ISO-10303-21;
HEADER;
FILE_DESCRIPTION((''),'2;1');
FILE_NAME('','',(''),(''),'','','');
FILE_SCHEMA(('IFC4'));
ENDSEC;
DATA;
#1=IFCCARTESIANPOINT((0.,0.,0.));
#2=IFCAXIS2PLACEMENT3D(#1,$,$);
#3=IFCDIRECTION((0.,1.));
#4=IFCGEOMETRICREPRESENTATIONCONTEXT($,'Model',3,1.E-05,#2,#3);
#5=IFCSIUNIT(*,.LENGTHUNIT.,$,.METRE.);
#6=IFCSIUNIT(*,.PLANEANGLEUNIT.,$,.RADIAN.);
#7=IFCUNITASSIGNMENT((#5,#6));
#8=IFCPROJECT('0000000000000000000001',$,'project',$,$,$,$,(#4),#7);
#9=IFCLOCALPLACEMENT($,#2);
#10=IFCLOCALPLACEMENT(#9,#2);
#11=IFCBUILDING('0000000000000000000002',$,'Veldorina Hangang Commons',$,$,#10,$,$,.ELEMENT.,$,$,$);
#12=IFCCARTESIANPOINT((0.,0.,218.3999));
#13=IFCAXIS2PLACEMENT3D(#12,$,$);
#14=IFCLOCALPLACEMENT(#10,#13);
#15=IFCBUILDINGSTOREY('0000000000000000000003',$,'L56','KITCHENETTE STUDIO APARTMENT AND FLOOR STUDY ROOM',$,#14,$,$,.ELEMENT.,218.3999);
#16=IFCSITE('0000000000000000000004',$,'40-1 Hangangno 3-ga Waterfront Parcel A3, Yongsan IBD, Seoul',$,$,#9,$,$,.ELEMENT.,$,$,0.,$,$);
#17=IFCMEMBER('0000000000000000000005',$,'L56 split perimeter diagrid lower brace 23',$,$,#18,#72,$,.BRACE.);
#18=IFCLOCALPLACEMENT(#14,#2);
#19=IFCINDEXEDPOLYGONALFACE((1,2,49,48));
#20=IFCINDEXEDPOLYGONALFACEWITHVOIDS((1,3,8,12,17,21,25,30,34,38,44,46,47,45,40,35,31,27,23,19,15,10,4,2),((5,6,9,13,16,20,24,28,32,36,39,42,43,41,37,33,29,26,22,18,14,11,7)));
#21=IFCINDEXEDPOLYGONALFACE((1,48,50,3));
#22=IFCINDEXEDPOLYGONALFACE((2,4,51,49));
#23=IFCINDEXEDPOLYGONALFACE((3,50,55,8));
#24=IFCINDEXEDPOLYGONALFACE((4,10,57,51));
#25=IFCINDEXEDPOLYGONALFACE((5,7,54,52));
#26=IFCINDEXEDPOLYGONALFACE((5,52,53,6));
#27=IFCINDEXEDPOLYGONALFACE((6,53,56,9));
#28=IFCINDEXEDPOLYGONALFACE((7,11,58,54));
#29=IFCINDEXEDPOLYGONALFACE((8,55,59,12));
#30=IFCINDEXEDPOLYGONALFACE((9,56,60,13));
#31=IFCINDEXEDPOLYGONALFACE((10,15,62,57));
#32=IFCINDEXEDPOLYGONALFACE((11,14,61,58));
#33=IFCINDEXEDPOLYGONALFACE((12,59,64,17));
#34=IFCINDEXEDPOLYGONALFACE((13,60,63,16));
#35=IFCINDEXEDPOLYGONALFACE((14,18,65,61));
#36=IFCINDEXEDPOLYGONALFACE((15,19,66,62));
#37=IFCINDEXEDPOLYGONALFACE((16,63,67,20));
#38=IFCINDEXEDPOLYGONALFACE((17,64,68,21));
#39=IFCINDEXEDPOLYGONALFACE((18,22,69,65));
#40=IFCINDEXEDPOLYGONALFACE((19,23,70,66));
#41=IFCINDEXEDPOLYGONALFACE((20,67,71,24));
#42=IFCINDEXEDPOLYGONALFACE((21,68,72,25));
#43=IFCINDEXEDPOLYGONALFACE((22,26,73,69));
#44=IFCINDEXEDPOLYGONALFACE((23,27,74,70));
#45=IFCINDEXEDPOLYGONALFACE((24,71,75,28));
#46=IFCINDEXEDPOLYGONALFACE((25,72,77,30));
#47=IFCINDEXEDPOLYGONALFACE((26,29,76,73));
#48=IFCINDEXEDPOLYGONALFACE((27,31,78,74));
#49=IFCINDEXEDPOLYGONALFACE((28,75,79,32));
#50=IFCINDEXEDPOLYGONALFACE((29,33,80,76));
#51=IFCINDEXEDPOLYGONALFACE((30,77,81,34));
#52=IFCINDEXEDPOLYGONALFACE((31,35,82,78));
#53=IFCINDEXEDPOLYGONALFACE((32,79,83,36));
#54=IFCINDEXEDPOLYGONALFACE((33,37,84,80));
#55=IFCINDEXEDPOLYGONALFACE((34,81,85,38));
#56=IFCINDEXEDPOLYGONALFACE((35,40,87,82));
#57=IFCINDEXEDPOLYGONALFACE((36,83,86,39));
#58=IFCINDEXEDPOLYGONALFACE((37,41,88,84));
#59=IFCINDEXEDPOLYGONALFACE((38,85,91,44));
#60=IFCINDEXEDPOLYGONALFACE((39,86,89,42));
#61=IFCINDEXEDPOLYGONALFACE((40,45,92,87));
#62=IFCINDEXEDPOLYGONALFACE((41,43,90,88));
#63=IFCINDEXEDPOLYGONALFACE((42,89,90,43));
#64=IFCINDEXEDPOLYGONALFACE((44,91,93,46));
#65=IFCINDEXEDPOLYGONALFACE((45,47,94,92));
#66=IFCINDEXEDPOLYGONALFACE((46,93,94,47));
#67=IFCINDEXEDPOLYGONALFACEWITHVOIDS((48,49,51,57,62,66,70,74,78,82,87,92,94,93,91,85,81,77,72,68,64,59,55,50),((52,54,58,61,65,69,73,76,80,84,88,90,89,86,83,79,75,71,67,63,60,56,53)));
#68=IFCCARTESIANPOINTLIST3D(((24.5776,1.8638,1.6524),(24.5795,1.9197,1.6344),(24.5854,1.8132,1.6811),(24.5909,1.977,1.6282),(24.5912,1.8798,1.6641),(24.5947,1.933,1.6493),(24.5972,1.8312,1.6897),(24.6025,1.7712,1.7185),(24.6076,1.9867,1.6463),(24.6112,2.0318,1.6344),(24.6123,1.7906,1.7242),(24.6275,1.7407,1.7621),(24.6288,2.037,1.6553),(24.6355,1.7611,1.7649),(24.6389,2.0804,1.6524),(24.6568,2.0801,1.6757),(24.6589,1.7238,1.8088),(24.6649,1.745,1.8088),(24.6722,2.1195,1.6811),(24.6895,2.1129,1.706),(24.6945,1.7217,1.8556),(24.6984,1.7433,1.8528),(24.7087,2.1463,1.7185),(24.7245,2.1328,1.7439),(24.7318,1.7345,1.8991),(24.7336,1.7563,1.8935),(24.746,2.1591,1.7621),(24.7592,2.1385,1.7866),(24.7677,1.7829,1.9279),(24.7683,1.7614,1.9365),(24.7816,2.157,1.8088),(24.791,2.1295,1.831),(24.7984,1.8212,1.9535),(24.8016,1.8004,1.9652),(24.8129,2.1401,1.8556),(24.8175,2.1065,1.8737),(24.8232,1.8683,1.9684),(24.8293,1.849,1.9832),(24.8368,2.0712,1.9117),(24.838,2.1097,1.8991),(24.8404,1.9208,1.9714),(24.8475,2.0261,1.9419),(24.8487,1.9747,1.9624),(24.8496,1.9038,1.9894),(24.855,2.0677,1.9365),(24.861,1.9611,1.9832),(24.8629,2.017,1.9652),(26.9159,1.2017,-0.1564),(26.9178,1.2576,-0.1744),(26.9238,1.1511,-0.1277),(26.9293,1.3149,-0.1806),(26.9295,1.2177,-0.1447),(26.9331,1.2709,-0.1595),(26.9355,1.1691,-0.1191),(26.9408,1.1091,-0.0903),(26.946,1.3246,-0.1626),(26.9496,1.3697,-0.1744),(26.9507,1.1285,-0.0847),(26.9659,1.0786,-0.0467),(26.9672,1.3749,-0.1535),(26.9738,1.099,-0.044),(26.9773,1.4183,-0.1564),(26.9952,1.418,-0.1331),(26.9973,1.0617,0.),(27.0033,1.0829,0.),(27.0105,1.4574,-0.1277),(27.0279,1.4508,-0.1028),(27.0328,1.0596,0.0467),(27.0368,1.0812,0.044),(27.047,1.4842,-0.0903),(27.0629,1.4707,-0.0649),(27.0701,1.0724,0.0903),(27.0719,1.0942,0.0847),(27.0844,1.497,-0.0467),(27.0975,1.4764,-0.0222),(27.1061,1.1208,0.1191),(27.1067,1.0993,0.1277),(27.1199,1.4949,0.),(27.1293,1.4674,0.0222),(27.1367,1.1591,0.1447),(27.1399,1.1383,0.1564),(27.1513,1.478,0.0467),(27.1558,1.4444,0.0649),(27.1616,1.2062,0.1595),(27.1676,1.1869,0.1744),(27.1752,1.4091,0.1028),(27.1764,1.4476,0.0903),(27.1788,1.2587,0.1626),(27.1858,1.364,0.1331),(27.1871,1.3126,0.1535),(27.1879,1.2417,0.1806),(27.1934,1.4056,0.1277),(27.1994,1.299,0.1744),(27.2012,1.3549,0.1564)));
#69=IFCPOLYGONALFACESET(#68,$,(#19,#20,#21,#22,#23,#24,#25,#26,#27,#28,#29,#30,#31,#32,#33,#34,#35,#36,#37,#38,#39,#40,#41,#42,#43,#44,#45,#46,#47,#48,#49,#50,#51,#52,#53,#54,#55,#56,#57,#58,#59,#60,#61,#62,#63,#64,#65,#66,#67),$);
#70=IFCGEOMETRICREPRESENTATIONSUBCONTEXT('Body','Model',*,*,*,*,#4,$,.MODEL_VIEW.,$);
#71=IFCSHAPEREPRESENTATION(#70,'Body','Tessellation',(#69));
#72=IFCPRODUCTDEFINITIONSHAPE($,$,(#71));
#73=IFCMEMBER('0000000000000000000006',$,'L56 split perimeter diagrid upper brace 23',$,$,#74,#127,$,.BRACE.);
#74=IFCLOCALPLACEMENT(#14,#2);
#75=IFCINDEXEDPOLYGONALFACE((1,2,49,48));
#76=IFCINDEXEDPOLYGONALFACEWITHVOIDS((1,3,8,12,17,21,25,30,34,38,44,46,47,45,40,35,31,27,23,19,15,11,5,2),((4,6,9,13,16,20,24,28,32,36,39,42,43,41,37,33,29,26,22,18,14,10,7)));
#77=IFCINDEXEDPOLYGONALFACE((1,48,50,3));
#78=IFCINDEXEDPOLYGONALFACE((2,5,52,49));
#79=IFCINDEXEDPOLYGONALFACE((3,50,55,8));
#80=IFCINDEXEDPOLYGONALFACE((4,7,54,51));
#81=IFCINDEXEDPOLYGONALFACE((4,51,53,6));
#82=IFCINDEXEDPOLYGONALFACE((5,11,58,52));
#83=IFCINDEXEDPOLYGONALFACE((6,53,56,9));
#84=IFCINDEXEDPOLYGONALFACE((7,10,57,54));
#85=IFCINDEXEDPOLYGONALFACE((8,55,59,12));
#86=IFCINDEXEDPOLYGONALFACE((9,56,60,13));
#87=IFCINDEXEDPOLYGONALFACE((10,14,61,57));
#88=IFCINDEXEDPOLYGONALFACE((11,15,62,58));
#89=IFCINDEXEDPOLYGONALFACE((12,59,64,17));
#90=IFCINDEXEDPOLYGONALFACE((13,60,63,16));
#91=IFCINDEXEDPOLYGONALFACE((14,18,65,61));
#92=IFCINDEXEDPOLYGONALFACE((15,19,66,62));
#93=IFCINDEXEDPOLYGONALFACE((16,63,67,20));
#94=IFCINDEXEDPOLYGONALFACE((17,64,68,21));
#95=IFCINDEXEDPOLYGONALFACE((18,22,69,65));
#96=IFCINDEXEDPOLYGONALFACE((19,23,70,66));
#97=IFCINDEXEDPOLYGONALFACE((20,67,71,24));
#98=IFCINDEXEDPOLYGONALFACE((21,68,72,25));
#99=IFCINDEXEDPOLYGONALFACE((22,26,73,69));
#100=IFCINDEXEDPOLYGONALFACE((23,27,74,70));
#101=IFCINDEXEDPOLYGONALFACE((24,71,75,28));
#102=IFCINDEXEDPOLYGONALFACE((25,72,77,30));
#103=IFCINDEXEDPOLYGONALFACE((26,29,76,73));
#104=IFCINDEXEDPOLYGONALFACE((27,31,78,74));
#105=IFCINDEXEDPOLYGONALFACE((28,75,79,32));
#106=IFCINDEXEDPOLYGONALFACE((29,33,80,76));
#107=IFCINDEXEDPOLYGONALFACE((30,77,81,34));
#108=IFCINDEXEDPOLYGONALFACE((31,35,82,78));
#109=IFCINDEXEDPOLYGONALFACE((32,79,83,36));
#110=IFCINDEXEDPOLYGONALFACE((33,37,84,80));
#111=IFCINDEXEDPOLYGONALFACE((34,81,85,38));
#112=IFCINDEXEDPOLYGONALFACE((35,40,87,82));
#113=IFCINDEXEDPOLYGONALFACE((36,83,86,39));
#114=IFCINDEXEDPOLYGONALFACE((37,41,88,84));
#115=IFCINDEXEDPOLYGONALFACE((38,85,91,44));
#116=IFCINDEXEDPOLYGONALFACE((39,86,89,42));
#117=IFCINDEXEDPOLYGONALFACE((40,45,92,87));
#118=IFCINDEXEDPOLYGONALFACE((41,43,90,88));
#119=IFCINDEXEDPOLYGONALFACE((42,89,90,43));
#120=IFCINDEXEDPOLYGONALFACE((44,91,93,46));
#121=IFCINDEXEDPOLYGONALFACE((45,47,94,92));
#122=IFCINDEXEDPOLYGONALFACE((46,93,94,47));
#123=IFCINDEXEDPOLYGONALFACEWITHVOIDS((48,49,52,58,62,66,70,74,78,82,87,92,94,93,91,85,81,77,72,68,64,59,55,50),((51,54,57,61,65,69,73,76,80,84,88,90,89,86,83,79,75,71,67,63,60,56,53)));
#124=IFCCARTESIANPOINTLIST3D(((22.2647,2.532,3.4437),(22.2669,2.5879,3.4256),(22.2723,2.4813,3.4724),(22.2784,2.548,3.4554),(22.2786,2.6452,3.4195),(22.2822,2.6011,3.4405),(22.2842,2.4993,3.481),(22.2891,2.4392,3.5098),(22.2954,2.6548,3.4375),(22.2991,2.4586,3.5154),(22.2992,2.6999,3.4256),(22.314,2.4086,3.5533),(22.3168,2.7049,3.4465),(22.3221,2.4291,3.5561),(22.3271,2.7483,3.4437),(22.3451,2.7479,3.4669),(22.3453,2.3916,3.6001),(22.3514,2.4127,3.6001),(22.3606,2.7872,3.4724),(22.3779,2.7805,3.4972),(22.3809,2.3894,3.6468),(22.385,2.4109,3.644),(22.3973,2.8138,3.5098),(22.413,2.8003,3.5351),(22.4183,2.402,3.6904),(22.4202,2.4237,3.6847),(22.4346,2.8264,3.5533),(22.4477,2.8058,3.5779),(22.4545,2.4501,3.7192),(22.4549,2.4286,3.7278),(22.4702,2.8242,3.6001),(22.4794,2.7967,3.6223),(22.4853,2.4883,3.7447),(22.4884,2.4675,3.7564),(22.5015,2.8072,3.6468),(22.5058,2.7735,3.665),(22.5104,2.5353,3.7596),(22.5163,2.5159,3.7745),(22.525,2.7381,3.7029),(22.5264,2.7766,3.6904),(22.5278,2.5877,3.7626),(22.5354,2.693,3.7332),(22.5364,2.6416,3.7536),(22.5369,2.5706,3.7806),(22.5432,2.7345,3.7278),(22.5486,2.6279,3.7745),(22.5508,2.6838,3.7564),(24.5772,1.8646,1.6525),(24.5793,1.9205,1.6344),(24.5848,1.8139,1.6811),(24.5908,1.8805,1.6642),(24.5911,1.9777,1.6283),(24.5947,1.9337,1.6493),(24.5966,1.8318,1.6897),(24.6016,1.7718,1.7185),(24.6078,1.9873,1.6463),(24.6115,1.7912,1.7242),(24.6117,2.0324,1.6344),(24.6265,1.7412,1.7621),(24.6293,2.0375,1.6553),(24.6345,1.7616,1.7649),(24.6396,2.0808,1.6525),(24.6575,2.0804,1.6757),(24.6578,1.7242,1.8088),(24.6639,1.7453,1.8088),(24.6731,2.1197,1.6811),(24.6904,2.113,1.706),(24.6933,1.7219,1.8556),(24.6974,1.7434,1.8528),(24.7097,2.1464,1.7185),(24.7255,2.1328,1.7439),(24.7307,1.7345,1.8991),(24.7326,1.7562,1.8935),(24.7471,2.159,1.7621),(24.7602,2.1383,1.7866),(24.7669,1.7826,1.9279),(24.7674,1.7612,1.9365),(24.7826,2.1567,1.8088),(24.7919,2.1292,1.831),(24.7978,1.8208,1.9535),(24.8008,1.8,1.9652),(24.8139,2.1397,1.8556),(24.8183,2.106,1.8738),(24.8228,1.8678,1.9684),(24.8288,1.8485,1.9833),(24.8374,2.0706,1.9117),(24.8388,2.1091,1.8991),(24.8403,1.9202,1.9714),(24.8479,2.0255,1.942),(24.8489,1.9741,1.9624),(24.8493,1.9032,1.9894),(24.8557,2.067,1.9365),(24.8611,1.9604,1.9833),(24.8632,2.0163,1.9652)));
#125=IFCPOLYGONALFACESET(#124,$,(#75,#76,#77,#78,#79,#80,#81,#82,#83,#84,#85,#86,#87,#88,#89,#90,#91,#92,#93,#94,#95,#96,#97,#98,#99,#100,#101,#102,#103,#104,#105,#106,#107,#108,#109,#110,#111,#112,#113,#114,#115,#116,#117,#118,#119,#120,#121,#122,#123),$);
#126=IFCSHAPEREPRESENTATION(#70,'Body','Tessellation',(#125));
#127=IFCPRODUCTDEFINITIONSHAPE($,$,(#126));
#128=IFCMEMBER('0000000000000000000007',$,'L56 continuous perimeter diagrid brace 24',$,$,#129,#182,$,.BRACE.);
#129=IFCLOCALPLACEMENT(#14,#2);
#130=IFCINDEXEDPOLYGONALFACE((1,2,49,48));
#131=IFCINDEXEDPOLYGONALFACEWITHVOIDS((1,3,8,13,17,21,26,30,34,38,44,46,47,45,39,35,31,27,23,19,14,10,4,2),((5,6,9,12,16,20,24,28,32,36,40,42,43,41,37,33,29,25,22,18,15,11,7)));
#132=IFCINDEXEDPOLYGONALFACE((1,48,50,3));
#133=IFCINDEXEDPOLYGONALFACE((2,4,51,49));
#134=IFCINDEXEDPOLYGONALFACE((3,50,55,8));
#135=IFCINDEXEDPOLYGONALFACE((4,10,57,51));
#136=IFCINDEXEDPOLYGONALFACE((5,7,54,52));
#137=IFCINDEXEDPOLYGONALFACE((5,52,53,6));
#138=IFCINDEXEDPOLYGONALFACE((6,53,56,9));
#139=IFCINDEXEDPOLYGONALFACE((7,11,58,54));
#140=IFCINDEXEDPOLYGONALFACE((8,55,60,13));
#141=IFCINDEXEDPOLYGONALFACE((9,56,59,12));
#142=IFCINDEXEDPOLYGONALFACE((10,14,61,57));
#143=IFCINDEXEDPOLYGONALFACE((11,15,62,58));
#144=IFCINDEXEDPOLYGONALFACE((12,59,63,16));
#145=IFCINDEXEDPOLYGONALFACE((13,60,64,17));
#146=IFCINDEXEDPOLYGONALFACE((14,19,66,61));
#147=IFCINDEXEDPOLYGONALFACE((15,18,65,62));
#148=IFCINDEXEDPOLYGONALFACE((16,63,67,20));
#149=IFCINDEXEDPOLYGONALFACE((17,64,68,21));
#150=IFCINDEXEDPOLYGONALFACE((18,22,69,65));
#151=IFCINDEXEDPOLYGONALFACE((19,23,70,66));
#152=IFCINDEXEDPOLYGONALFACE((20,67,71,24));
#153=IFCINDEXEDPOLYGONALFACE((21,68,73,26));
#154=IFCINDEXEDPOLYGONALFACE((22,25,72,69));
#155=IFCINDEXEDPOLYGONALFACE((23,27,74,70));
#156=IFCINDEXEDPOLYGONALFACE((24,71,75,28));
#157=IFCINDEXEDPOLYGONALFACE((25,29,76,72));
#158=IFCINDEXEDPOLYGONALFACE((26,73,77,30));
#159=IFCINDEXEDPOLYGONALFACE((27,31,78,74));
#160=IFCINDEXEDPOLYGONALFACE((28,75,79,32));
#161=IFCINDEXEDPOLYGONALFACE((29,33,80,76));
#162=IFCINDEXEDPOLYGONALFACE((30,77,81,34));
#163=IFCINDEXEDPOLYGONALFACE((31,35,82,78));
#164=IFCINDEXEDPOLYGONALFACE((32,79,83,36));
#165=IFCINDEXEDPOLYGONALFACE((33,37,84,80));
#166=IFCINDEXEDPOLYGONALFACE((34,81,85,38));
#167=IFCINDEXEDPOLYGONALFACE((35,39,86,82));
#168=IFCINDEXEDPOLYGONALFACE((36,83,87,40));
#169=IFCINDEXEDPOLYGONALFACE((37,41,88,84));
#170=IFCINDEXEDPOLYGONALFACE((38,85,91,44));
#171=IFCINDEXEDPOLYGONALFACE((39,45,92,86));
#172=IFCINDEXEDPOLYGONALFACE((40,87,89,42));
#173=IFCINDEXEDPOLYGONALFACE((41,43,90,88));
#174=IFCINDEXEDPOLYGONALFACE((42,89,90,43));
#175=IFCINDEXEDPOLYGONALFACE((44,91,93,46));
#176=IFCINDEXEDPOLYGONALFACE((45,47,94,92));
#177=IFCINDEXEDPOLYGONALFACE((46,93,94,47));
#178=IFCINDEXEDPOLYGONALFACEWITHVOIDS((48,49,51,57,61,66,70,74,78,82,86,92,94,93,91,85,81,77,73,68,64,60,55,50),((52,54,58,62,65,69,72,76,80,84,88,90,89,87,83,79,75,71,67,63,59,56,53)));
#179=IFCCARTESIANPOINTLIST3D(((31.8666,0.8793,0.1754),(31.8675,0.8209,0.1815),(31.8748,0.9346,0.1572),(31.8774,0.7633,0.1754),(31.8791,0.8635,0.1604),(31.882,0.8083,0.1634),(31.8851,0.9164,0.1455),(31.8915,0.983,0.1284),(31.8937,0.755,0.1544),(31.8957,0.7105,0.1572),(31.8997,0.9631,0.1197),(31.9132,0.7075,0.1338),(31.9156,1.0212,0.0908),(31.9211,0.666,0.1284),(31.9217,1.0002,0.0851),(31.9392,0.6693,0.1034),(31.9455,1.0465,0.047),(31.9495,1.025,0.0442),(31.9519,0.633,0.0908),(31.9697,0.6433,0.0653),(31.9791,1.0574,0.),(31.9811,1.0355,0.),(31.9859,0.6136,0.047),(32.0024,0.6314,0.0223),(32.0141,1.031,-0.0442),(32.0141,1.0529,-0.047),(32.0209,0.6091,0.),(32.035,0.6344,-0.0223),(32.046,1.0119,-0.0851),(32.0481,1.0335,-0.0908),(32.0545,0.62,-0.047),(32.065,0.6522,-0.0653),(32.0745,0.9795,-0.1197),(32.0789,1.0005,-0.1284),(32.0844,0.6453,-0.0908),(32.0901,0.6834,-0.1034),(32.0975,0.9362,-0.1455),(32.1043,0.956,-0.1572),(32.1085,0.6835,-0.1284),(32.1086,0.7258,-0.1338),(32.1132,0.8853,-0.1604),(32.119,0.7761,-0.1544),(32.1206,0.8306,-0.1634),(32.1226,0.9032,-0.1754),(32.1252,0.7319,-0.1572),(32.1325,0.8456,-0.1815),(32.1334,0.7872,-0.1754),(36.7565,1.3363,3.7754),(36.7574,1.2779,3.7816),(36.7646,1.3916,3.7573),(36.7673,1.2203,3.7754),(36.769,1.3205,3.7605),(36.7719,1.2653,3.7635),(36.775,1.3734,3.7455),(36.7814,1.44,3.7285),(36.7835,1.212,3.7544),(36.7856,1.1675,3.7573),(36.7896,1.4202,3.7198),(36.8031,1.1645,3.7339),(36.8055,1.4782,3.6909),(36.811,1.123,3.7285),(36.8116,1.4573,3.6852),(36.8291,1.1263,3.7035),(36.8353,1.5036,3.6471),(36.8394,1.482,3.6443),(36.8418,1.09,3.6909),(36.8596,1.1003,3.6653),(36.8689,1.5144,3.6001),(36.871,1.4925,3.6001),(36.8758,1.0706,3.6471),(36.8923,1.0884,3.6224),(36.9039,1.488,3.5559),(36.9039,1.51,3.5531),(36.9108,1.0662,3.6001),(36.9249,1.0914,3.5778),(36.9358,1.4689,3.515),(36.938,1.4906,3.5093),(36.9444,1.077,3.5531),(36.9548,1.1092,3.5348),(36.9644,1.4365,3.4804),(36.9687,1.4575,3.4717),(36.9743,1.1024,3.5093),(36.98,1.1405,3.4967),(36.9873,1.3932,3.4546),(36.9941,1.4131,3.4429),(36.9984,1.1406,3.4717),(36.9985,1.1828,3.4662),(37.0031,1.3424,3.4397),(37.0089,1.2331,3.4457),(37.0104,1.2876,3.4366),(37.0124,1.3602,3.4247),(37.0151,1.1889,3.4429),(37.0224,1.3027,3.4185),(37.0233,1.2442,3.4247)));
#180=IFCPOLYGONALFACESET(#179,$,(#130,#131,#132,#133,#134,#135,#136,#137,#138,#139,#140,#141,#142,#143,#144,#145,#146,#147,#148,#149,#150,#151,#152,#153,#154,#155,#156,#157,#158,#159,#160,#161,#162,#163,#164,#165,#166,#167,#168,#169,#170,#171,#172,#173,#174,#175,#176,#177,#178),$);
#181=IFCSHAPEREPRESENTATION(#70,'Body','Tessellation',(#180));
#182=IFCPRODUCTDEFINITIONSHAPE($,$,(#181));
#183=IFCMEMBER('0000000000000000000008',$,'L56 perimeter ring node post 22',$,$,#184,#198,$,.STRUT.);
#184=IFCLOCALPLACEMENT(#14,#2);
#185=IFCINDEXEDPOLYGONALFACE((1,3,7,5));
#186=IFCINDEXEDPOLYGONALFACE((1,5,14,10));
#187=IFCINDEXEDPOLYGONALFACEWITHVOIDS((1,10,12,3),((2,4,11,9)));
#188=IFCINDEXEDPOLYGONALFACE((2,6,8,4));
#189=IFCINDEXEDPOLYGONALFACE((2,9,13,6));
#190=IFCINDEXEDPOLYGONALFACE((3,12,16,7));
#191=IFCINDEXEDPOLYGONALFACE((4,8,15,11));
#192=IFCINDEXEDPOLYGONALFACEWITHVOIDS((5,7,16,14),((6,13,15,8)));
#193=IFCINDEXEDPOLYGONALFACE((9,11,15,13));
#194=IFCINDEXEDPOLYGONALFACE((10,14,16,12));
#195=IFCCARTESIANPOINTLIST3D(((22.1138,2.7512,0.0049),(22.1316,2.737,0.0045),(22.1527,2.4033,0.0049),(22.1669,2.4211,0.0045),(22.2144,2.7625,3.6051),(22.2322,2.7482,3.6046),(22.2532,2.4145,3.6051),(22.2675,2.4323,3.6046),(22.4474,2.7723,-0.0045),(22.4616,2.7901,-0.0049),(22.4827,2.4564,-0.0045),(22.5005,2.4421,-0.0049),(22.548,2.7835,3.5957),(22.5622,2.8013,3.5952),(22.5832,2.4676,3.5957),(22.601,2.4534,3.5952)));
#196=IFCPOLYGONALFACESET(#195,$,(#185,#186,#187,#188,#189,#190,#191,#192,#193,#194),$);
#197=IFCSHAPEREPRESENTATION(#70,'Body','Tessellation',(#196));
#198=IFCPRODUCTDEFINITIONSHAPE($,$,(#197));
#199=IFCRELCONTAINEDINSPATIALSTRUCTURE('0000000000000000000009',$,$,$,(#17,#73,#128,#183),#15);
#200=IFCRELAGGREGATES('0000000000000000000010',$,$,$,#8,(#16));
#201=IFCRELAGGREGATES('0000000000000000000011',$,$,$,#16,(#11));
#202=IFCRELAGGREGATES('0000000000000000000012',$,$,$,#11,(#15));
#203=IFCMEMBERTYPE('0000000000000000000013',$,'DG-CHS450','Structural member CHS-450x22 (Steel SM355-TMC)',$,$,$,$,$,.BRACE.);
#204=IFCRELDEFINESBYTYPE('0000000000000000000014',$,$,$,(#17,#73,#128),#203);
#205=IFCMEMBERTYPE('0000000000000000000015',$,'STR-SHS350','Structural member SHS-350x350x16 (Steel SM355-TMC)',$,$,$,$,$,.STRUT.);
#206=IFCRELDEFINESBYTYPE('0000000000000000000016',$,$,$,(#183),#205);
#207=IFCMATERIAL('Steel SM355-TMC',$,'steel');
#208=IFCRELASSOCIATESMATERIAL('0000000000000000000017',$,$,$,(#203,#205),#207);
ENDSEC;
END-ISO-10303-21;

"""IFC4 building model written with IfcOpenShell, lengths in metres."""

from ifc_helpers import new_model, si_unit, direction, frame, origin, origin_2d, place, context, subcontext, project, spatial, hollow_rectangle, hollow_circle, extrude, material, material_profile, profile_set, type_object, element, save


model = new_model("IFC4")

# Units and contexts
model_context = context("Model", 3, precision=1e-05, world=origin(), true_north=direction((0.0, 1.0)))
body_context = subcontext(model_context, "Body", "Model", "MODEL_VIEW")
ifc_project = project(units=[si_unit("LENGTHUNIT", "METRE"), si_unit("PLANEANGLEUNIT", "RADIAN")], contexts=[model_context])

# Site, building, storey
site_placement = place(None, origin())
site = spatial("IfcSite", under=ifc_project, at=site_placement, Name="40-1 Hangangno 3-ga Waterfront Parcel A3, Yongsan IBD, Seoul", CompositionType="ELEMENT", RefElevation=0.0)
building_placement = place(site_placement, origin())
building = spatial("IfcBuilding", under=site, at=building_placement, Name="Veldorina Hangang Commons", CompositionType="ELEMENT")
storey_placement = place(building_placement, frame((0.0, 0.0, 218.3999)))
storey = spatial("IfcBuildingStorey", under=building, at=storey_placement, Name="L56", Description="KITCHENETTE STUDIO APARTMENT AND FLOOR STUDY ROOM", CompositionType="ELEMENT", Elevation=218.3999)

# Shared definitions
ifc_material_1 = material(Name="Steel SM355-TMC", Category="steel")

# Members
ifc_material_profile_1 = material_profile(ifc_material_1, hollow_circle(Radius=0.2251, WallThickness=0.022, at=origin_2d()), Name="CHS-450x22")
ifc_profile_set_1 = profile_set([ifc_material_profile_1], Name="Steel SM355-TMC")
member_type_1 = type_object("IfcMemberType", Name="DG-CHS450", Description="Structural member CHS-450x22 (Steel SM355-TMC)", PredefinedType="BRACE", material=ifc_profile_set_1)
member_1_placement = place(storey_placement, frame((27.0586, 1.2783, 0.0), z_axis=(-0.771852, 0.218549, 0.597061), x_axis=(-0.272438, -0.962173, 0.0)))
element("IfcMember", 1, at=member_1_placement, inside=storey, type_object=member_type_1, Name="L56 split perimeter diagrid lower brace 23", PredefinedType="BRACE", context=body_context, shape_type="SweptSolid", body=[
    extrude(hollow_circle(Radius=0.2251, WallThickness=0.022, at=origin_2d()), origin(), (0.0, 0.0, 1.0), 3.0295),
])
member_2_placement = place(storey_placement, frame((24.7202, 1.9404, 1.8088), z_axis=(-0.770756, 0.222471, 0.597027), x_axis=(-0.277319, -0.960778, 0.0)))
element("IfcMember", 2, at=member_2_placement, inside=storey, type_object=member_type_1, Name="L56 split perimeter diagrid upper brace 23", PredefinedType="BRACE", context=body_context, shape_type="SweptSolid", body=[
    extrude(hollow_circle(Radius=0.2251, WallThickness=0.022, at=origin_2d()), origin(), (0.0, 0.0, 1.0), 3.0002),
])
member_3_placement = place(storey_placement, frame((32.0, 0.8333, 0.0), z_axis=(0.803019, 0.075054, 0.591209), x_axis=(-0.093059, 0.995661, 0.0)))
element("IfcMember", 3, at=member_3_placement, inside=storey, type_object=member_type_1, Name="L56 continuous perimeter diagrid brace 24", PredefinedType="BRACE", context=body_context, shape_type="SweptSolid", body=[
    extrude(hollow_circle(Radius=0.2251, WallThickness=0.022, at=origin_2d()), origin(), (0.0, 0.0, 1.0), 6.0894),
])
ifc_material_profile_2 = material_profile(ifc_material_1, hollow_rectangle(XDim=0.3501, YDim=0.3501, WallThickness=0.0161, at=origin_2d()), Name="SHS-350x350x16")
ifc_profile_set_2 = profile_set([ifc_material_profile_2], Name="Steel SM355-TMC")
member_type_2 = type_object("IfcMemberType", Name="STR-SHS350", Description="Structural member SHS-350x350x16 (Steel SM355-TMC)", PredefinedType="STRUT", material=ifc_profile_set_2)
member_4_placement = place(storey_placement, frame((22.3071, 2.5967, 0.0), z_axis=(0.027929, 0.003118, 0.999605), x_axis=(-0.110961, 0.993825, 0.0)))
element("IfcMember", 4, at=member_4_placement, inside=storey, type_object=member_type_2, Name="L56 perimeter ring node post 22", PredefinedType="STRUT", context=body_context, shape_type="SweptSolid", body=[
    extrude(hollow_rectangle(XDim=0.3501, YDim=0.3501, WallThickness=0.0161, at=origin_2d()), origin(), (0.0, 0.0, 1.0), 3.6016),
])

save(model, "model.ifc")
